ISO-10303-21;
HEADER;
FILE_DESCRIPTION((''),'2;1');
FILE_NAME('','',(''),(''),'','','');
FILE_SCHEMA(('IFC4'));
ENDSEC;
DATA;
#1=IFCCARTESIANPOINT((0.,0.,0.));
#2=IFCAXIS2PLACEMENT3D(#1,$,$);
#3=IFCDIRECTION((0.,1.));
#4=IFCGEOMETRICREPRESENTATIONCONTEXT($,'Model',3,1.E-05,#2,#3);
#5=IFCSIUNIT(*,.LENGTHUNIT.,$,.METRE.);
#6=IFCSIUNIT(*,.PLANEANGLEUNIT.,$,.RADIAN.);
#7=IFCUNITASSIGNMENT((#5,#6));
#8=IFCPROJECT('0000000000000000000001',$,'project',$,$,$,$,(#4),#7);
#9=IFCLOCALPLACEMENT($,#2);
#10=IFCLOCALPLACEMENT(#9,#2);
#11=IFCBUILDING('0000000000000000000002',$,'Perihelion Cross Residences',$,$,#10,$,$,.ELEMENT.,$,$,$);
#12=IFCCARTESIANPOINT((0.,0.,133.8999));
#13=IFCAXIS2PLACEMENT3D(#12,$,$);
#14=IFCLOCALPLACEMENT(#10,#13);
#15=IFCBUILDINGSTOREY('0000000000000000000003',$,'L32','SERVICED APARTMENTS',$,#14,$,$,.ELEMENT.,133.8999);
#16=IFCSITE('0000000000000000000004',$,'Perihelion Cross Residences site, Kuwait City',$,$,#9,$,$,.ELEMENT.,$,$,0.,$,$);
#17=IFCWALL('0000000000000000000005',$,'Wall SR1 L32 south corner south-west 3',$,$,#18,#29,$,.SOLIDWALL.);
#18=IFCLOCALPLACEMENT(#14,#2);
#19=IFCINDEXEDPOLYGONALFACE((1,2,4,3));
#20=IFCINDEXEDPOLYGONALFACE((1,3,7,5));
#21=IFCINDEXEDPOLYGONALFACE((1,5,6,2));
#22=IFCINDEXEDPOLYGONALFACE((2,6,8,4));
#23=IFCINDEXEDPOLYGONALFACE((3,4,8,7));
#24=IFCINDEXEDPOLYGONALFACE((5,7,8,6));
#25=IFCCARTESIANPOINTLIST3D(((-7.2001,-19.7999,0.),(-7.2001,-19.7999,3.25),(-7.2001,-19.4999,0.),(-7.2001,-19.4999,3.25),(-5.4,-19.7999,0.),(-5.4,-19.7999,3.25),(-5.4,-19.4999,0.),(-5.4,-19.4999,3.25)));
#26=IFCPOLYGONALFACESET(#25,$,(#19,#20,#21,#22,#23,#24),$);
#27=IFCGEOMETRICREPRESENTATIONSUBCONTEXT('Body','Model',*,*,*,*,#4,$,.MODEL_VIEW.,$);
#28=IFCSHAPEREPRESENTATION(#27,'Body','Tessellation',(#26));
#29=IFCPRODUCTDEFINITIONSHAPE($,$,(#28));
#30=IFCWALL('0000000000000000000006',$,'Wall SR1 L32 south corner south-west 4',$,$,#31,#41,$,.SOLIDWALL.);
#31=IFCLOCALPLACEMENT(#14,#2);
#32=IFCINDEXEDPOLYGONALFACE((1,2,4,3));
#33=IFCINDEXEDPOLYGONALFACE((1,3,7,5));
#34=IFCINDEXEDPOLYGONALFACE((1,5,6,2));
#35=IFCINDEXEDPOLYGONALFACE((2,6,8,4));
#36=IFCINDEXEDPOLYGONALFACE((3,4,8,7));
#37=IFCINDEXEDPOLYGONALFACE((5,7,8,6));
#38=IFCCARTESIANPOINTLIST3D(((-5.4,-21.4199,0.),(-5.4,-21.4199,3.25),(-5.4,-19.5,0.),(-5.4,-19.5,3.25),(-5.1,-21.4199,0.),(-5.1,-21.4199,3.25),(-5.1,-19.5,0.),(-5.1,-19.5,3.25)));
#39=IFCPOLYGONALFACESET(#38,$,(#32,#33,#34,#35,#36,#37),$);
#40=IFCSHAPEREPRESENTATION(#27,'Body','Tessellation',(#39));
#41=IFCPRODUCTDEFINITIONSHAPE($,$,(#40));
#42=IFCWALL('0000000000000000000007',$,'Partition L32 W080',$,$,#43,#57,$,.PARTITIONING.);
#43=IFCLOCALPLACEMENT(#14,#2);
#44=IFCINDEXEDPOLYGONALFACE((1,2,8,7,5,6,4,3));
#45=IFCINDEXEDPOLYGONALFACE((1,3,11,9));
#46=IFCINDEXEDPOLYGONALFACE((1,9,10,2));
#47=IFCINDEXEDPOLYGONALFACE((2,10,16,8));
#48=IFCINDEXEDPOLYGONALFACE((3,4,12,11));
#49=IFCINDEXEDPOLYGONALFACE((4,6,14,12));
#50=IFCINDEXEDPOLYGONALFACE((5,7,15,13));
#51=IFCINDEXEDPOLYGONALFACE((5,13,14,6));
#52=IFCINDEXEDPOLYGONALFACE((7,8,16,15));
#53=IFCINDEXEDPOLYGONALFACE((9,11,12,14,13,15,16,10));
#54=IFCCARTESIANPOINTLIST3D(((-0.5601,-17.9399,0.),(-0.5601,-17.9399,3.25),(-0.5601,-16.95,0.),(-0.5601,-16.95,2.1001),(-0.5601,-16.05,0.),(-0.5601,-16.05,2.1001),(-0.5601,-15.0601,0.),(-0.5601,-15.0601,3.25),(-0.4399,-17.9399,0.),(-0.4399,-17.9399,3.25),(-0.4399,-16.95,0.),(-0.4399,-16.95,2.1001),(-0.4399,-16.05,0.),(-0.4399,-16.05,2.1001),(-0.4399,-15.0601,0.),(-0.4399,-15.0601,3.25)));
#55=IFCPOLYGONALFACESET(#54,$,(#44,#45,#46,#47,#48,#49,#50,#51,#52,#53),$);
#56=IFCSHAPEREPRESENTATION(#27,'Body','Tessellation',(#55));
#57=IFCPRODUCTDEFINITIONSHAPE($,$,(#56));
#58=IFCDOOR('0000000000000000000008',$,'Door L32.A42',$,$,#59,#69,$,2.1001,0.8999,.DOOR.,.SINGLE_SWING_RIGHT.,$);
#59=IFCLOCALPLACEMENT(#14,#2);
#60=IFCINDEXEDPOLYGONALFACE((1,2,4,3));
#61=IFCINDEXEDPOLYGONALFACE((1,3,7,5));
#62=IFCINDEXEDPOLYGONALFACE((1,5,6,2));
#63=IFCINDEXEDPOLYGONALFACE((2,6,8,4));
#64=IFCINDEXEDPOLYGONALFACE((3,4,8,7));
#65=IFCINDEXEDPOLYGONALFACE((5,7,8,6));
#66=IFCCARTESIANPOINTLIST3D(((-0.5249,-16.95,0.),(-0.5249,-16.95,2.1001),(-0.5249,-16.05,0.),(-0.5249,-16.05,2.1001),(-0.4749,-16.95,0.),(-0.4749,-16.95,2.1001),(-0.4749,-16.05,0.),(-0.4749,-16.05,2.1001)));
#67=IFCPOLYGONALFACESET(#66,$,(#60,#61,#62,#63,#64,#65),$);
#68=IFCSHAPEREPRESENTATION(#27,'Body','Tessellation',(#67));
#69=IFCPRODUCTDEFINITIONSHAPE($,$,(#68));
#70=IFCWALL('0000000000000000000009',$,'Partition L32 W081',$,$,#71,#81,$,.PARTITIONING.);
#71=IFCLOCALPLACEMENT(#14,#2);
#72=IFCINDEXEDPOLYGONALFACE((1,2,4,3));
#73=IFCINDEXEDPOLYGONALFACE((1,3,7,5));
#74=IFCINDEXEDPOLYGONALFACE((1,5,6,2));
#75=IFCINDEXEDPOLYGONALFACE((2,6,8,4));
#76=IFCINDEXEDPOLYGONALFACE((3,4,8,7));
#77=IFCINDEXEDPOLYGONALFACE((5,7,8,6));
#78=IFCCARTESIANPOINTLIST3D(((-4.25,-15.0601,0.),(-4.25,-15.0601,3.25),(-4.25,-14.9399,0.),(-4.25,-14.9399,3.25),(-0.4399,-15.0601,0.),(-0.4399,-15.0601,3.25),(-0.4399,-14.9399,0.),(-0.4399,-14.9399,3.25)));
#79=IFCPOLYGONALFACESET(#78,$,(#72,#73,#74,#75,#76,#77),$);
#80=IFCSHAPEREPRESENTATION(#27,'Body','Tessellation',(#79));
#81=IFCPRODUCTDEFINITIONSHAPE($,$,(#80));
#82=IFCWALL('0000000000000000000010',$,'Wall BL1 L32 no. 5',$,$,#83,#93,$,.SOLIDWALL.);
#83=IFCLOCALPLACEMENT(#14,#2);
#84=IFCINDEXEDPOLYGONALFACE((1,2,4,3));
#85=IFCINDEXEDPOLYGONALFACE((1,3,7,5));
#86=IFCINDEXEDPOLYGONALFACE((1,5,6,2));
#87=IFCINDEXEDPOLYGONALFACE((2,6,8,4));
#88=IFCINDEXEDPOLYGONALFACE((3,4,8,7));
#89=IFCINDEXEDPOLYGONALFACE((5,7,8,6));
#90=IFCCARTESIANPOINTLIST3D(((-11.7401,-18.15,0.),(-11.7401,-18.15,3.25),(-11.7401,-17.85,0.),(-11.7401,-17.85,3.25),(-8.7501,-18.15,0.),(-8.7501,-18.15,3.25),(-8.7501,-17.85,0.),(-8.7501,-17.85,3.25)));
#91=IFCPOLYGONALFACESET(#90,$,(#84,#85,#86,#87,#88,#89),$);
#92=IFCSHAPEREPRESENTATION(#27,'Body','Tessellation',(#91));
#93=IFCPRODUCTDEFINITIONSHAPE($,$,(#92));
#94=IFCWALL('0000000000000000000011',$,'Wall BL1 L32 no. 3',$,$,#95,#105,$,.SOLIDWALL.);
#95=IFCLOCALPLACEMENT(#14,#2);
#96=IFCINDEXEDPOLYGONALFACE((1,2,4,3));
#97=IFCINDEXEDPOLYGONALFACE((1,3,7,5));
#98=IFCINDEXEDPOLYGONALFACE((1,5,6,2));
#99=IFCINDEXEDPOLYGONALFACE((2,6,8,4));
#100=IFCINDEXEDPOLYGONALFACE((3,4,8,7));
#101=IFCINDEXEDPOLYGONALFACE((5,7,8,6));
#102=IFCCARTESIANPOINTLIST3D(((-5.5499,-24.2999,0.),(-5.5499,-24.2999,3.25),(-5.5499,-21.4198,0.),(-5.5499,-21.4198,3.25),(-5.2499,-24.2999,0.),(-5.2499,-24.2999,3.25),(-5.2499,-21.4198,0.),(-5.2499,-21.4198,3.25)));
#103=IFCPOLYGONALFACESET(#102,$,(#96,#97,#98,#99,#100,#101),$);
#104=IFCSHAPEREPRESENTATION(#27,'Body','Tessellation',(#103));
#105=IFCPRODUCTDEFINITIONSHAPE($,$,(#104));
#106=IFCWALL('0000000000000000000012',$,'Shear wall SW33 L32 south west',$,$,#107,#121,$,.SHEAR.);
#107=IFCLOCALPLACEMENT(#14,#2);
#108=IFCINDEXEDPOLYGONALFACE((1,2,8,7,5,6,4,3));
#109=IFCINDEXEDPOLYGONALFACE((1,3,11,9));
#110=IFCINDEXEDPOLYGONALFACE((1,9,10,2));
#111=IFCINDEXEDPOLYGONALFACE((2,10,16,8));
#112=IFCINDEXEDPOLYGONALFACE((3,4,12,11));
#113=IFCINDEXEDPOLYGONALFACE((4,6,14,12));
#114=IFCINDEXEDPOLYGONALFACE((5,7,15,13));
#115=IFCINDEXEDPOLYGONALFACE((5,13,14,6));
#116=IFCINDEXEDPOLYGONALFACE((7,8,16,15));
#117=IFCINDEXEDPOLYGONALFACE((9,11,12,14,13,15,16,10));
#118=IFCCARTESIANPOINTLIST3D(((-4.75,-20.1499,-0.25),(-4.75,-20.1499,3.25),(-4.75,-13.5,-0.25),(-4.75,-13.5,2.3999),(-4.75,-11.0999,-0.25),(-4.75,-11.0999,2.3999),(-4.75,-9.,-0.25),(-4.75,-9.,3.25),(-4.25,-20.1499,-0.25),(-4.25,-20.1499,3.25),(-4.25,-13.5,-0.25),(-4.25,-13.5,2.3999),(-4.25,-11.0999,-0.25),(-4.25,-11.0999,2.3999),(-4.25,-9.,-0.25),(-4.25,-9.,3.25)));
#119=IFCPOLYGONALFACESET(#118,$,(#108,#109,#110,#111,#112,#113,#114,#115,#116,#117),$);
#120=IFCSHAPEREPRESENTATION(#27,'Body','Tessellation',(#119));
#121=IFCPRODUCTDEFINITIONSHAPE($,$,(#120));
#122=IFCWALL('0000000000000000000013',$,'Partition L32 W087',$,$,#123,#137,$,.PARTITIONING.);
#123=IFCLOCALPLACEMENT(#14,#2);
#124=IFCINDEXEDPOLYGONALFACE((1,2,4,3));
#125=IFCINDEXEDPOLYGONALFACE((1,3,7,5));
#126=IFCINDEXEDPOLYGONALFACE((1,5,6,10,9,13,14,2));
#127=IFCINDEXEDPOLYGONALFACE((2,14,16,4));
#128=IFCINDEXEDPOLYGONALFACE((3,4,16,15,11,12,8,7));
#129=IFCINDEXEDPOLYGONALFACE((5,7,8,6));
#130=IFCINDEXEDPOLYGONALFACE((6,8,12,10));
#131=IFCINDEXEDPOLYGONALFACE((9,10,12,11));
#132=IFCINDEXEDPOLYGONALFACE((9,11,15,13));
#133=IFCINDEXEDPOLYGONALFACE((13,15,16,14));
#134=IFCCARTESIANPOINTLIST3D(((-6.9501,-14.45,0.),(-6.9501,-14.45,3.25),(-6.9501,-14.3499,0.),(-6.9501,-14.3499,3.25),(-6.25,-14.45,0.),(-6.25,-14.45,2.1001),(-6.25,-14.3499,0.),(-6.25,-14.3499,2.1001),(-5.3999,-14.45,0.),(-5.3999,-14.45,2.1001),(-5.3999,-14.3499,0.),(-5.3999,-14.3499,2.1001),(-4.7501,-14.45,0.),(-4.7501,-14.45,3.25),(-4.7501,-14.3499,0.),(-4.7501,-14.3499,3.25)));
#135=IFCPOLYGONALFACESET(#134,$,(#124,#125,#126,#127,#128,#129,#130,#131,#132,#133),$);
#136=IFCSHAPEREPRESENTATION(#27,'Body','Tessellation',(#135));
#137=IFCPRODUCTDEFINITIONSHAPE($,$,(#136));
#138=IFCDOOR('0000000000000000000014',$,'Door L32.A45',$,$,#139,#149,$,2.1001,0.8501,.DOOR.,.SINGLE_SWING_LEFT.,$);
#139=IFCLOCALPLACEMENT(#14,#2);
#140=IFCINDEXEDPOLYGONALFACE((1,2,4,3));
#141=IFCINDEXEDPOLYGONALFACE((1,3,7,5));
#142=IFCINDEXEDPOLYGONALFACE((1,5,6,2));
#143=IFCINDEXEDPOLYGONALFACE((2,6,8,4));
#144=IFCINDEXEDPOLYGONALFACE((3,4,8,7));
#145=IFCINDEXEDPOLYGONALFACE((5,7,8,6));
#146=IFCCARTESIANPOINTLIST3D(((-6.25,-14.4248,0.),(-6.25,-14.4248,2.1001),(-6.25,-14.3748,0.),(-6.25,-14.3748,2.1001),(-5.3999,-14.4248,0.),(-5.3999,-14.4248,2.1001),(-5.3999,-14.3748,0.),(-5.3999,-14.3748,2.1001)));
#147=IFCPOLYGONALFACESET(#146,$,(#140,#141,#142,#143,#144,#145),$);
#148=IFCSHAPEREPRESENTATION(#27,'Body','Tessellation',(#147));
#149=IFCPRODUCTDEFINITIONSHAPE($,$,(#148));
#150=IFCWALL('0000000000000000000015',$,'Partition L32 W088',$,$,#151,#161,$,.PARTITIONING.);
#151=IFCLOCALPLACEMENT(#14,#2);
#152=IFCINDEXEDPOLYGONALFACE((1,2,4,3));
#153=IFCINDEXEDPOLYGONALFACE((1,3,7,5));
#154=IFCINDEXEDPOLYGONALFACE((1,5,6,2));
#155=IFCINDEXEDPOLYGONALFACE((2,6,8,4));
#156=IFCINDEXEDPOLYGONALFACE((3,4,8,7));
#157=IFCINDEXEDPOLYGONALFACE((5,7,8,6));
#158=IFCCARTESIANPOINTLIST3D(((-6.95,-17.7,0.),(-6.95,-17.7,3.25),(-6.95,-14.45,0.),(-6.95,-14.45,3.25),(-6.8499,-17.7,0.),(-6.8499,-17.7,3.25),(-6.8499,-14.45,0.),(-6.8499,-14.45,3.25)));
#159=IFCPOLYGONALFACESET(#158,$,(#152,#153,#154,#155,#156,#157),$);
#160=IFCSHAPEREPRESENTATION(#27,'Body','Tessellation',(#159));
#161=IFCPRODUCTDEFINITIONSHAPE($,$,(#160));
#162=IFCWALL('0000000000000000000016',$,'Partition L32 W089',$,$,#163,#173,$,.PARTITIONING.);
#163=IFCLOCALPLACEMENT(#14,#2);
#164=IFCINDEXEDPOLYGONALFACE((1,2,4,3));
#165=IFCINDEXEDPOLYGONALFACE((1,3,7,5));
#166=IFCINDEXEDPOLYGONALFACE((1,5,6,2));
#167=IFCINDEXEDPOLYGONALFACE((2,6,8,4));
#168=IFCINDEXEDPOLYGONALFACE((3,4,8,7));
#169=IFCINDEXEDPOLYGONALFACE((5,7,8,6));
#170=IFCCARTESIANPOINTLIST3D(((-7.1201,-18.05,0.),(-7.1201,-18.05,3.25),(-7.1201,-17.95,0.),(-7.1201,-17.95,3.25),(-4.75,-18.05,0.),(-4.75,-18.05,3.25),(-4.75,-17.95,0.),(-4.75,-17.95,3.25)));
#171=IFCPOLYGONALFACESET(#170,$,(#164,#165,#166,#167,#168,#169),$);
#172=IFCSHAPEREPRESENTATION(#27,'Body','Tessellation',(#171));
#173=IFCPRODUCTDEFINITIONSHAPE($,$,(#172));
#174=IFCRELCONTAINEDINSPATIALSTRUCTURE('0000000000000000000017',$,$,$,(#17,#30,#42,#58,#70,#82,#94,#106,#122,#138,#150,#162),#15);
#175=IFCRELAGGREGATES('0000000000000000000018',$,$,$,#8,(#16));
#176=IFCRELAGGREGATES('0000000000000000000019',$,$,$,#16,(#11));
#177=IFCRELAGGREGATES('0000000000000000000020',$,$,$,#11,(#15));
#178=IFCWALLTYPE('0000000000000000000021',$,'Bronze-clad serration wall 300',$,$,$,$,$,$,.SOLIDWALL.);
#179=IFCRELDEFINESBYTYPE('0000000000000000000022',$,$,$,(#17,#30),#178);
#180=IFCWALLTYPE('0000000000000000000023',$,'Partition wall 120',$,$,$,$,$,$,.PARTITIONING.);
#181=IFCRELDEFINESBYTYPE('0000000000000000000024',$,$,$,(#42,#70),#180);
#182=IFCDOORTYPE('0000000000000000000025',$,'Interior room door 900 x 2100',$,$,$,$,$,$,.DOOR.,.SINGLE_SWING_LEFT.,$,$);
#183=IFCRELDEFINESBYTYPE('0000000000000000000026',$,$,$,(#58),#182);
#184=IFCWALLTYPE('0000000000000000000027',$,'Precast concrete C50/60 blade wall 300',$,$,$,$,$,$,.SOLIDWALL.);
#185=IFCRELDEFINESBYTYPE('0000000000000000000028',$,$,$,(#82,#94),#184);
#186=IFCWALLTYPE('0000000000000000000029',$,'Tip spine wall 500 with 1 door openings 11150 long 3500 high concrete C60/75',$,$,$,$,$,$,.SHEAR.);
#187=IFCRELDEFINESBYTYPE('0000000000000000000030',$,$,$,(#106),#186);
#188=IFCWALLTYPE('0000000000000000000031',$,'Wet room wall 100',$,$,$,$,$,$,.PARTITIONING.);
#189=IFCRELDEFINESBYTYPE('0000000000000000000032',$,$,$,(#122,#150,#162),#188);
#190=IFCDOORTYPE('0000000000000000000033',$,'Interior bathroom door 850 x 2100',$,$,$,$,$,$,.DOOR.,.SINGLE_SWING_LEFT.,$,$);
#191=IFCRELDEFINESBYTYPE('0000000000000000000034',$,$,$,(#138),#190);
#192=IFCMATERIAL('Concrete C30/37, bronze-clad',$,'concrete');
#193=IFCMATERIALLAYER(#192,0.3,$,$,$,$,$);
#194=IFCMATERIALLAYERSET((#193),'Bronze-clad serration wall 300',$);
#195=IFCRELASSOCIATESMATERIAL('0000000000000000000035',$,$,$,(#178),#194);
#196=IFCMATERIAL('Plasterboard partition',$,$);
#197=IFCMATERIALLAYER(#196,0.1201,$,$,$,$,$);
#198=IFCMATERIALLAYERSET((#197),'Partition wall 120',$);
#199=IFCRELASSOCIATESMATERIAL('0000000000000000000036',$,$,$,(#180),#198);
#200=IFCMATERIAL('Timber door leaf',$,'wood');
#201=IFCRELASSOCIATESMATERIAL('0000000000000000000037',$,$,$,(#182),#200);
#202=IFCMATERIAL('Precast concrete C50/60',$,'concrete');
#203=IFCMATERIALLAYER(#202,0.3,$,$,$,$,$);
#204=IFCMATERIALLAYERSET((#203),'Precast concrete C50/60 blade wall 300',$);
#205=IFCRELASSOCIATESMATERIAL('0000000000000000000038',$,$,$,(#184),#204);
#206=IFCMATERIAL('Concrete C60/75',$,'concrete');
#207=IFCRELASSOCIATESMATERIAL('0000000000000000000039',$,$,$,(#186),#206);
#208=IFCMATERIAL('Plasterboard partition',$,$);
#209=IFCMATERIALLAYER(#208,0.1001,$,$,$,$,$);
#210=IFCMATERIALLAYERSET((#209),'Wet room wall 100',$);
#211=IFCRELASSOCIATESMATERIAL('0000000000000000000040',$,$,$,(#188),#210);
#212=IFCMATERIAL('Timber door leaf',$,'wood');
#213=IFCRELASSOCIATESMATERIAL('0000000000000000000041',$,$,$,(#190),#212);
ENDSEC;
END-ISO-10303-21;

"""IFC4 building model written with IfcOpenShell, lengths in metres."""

from ifc_helpers import new_model, si_unit, direction, frame, frame_2d, origin, place, context, subcontext, project, spatial, polyline, rectangle, outline, extrude, material, layer, layer_set, material_profile, profile_set, type_object, element, fill, save


model = new_model("IFC4")

# Units and contexts
model_context = context("Model", 3, precision=1e-05, world=origin(), true_north=direction((0.0, 1.0)))
body_context = subcontext(model_context, "Body", "Model", "MODEL_VIEW")
ifc_project = project(units=[si_unit("LENGTHUNIT", "METRE"), si_unit("PLANEANGLEUNIT", "RADIAN")], contexts=[model_context])

# Site, building, storey
site_placement = place(None, origin())
site = spatial("IfcSite", under=ifc_project, at=site_placement, Name="Perihelion Cross Residences site, Kuwait City", CompositionType="ELEMENT", RefElevation=0.0)
building_placement = place(site_placement, origin())
building = spatial("IfcBuilding", under=site, at=building_placement, Name="Perihelion Cross Residences", CompositionType="ELEMENT")
storey_placement = place(building_placement, frame((0.0, 0.0, 133.8999)))
storey = spatial("IfcBuildingStorey", under=building, at=storey_placement, Name="L32", Description="SERVICED APARTMENTS", CompositionType="ELEMENT", Elevation=133.8999)

# Walls
ifc_material_1 = material(Name="Concrete C30/37, bronze-clad", Category="concrete")
ifc_layer_1 = layer(ifc_material_1, 0.3)
ifc_layer_set_1 = layer_set([ifc_layer_1], Name="Bronze-clad serration wall 300")
wall_type_1 = type_object("IfcWallType", Name="Bronze-clad serration wall 300", PredefinedType="SOLIDWALL", material=ifc_layer_set_1)
for number, where, z_axis, x_axis, name in (
    (1, (-7.2, -19.6499, 0.0), (0.0, 0.0, 1.0), (1.0, 0.0, 0.0), "Wall SR1 L32 south corner south-west 3"),
):
    element("IfcWall", number, at=place(storey_placement, frame(where, z_axis=z_axis, x_axis=x_axis)), inside=storey, type_object=wall_type_1, Name=name, PredefinedType="SOLIDWALL", context=body_context, shape_type="SweptSolid", body=[
        extrude(rectangle(XDim=1.8, YDim=0.3, at=frame_2d((0.8999, 0.0))), origin(), (0.0, 0.0, 1.0), 3.25),
    ])
wall_1_placement = place(storey_placement, frame((-5.25, -19.5, 0.0), z_axis=(0.0, 0.0, 1.0), x_axis=(0.0, -1.0, 0.0)))
element("IfcWall", 2, at=wall_1_placement, inside=storey, type_object=wall_type_1, Name="Wall SR1 L32 south corner south-west 4", PredefinedType="SOLIDWALL", context=body_context, shape_type="SweptSolid", body=[
    extrude(rectangle(XDim=1.9199, YDim=0.3, at=frame_2d((0.96, 0.0))), origin(), (0.0, 0.0, 1.0), 3.25),
])

# Wall, opening, door
ifc_material_2 = material(Name="Plasterboard partition")
ifc_layer_2 = layer(ifc_material_2, 0.1201)
ifc_layer_set_2 = layer_set([ifc_layer_2], Name="Partition wall 120")
wall_type_2 = type_object("IfcWallType", Name="Partition wall 120", PredefinedType="PARTITIONING", material=ifc_layer_set_2)
wall_2_placement = place(storey_placement, frame((-0.5, -17.9399, 0.0), z_axis=(0.0, 0.0, 1.0), x_axis=(0.0, 1.0, 0.0)))
wall_2 = element("IfcWall", 3, at=wall_2_placement, inside=storey, type_object=wall_type_2, Name="Partition L32 W080", PredefinedType="PARTITIONING", context=body_context, shape_type="SweptSolid", body=[
    extrude(rectangle(XDim=2.8799, YDim=0.1201, at=frame_2d((1.4399, 0.0))), origin(), (0.0, 0.0, 1.0), 3.25),
])
opening_1_placement = place(wall_2_placement, frame((0.99, 0.0, 0.0)))
opening_1 = element("IfcOpeningElement", 4, at=opening_1_placement, cuts=wall_2, PredefinedType="OPENING", context=body_context, shape_type="SweptSolid", body=[
    extrude(rectangle(XDim=0.8999, YDim=2.1001, at=frame_2d((0.45, 1.05))), frame((0.0, 0.0701, 0.0), z_axis=(0.0, -1.0, 0.0), x_axis=(1.0, 0.0, 0.0)), (0.0, 0.0, 1.0), 0.1401),
])
ifc_material_3 = material(Name="Timber door leaf", Category="wood")
door_type_1 = type_object("IfcDoorType", Name="Interior room door 900 x 2100", OperationType="SINGLE_SWING_LEFT", PredefinedType="DOOR", material=ifc_material_3)
door_1_placement = place(opening_1_placement, origin())
door_1 = element("IfcDoor", 5, at=door_1_placement, inside=storey, type_object=door_type_1, Name="Door L32.A42", OperationType="SINGLE_SWING_RIGHT", OverallHeight=2.1001, OverallWidth=0.8999, PredefinedType="DOOR", context=body_context, shape_type="SweptSolid", body=[
    extrude(rectangle(XDim=0.8999, YDim=2.1001, at=frame_2d((0.45, 1.05))), frame((0.0, 0.0249, 0.0), z_axis=(0.0, -1.0, 0.0), x_axis=(1.0, 0.0, 0.0)), (0.0, 0.0, 1.0), 0.05),
])
fill(opening_1, door_1)

# Walls
wall_3_placement = place(storey_placement, frame((-0.4399, -15.0, 0.0), z_axis=(0.0, 0.0, 1.0), x_axis=(-1.0, 0.0, 0.0)))
element("IfcWall", 6, at=wall_3_placement, inside=storey, type_object=wall_type_2, Name="Partition L32 W081", PredefinedType="PARTITIONING", context=body_context, shape_type="SweptSolid", body=[
    extrude(rectangle(XDim=3.8101, YDim=0.1201, at=frame_2d((1.905, 0.0))), origin(), (0.0, 0.0, 1.0), 3.25),
])
ifc_material_4 = material(Name="Precast concrete C50/60", Category="concrete")
ifc_layer_3 = layer(ifc_material_4, 0.3)
ifc_layer_set_3 = layer_set([ifc_layer_3], Name="Precast concrete C50/60 blade wall 300")
wall_type_3 = type_object("IfcWallType", Name="Precast concrete C50/60 blade wall 300", PredefinedType="SOLIDWALL", material=ifc_layer_set_3)
wall_4_placement = place(storey_placement, frame((-8.75, -18.0, 0.0), z_axis=(0.0, 0.0, 1.0), x_axis=(-1.0, 0.0, 0.0)))
element("IfcWall", 7, at=wall_4_placement, inside=storey, type_object=wall_type_3, Name="Wall BL1 L32 no. 5", PredefinedType="SOLIDWALL", context=body_context, shape_type="SweptSolid", body=[
    extrude(rectangle(XDim=2.99, YDim=0.3, at=frame_2d((1.4951, 0.0))), origin(), (0.0, 0.0, 1.0), 3.25),
])
wall_5_placement = place(storey_placement, frame((-5.3999, -21.4199, 0.0), z_axis=(0.0, 0.0, 1.0), x_axis=(0.0, -1.0, 0.0)))
element("IfcWall", 8, at=wall_5_placement, inside=storey, type_object=wall_type_3, Name="Wall BL1 L32 no. 3", PredefinedType="SOLIDWALL", context=body_context, shape_type="SweptSolid", body=[
    extrude(rectangle(XDim=2.8801, YDim=0.3, at=frame_2d((1.4399, 0.0))), origin(), (0.0, 0.0, 1.0), 3.25),
])
ifc_material_5 = material(Name="Concrete C60/75", Category="concrete")
ifc_material_profile_1 = material_profile(ifc_material_5, outline(polyline([(0.0, 0.0), (6.6499, 0.0), (6.6499, 2.6499), (9.05, 2.6499), (9.05, 0.0), (11.1499, 0.0), (11.1499, 3.5), (0.0, 3.5), (0.0, 0.0)])), Name="Tip spine wall")
ifc_profile_set_1 = profile_set([ifc_material_profile_1], Name="Concrete C60/75")
wall_type_4 = type_object("IfcWallType", Name="Tip spine wall 500 with 1 door openings 11150 long 3500 high concrete C60/75", PredefinedType="SHEAR", material=ifc_profile_set_1)
wall_6_placement = place(storey_placement, frame((-4.75, -20.1499, -0.25), z_axis=(1.0, 0.0, 0.0), x_axis=(0.0, 1.0, 0.0)))
element("IfcWall", 9, at=wall_6_placement, inside=storey, type_object=wall_type_4, Name="Shear wall SW33 L32 south west", PredefinedType="SHEAR", context=body_context, shape_type="SweptSolid", body=[
    extrude(outline(polyline([(0.0, 0.0), (6.6499, 0.0), (6.6499, 2.6499), (9.05, 2.6499), (9.05, 0.0), (11.1499, 0.0), (11.1499, 3.5), (0.0, 3.5), (0.0, 0.0)])), origin(), (0.0, 0.0, 1.0), 0.5),
])

# Wall, opening, door
ifc_material_6 = material(Name="Plasterboard partition")
ifc_layer_4 = layer(ifc_material_6, 0.1001)
ifc_layer_set_4 = layer_set([ifc_layer_4], Name="Wet room wall 100")
wall_type_5 = type_object("IfcWallType", Name="Wet room wall 100", PredefinedType="PARTITIONING", material=ifc_layer_set_4)
wall_7_placement = place(storey_placement, frame((-4.75, -14.3999, 0.0), z_axis=(0.0, 0.0, 1.0), x_axis=(-1.0, 0.0, 0.0)))
wall_7 = element("IfcWall", 10, at=wall_7_placement, inside=storey, type_object=wall_type_5, Name="Partition L32 W087", PredefinedType="PARTITIONING", context=body_context, shape_type="SweptSolid", body=[
    extrude(rectangle(XDim=2.2, YDim=0.1001, at=frame_2d((1.1001, 0.0))), origin(), (0.0, 0.0, 1.0), 3.25),
])
opening_2_placement = place(wall_7_placement, frame((0.6499, 0.0, 0.0)))
opening_2 = element("IfcOpeningElement", 11, at=opening_2_placement, cuts=wall_7, PredefinedType="OPENING", context=body_context, shape_type="SweptSolid", body=[
    extrude(rectangle(XDim=0.8501, YDim=2.1001, at=frame_2d((0.425, 1.05))), frame((0.0, 0.0601, 0.0), z_axis=(0.0, -1.0, 0.0), x_axis=(1.0, 0.0, 0.0)), (0.0, 0.0, 1.0), 0.1201),
])
ifc_material_7 = material(Name="Timber door leaf", Category="wood")
door_type_2 = type_object("IfcDoorType", Name="Interior bathroom door 850 x 2100", OperationType="SINGLE_SWING_LEFT", PredefinedType="DOOR", material=ifc_material_7)
door_2_placement = place(opening_2_placement, origin())
door_2 = element("IfcDoor", 12, at=door_2_placement, inside=storey, type_object=door_type_2, Name="Door L32.A45", OperationType="SINGLE_SWING_LEFT", OverallHeight=2.1001, OverallWidth=0.8501, PredefinedType="DOOR", context=body_context, shape_type="SweptSolid", body=[
    extrude(rectangle(XDim=0.8501, YDim=2.1001, at=frame_2d((0.425, 1.05))), frame((0.0, 0.0249, 0.0), z_axis=(0.0, -1.0, 0.0), x_axis=(1.0, 0.0, 0.0)), (0.0, 0.0, 1.0), 0.05),
])
fill(opening_2, door_2)

# Walls
wall_8_placement = place(storey_placement, frame((-6.8999, -14.45, 0.0), z_axis=(0.0, 0.0, 1.0), x_axis=(0.0, -1.0, 0.0)))
element("IfcWall", 13, at=wall_8_placement, inside=storey, type_object=wall_type_5, Name="Partition L32 W088", PredefinedType="PARTITIONING", context=body_context, shape_type="SweptSolid", body=[
    extrude(rectangle(XDim=3.25, YDim=0.1001, at=frame_2d((1.625, 0.0))), origin(), (0.0, 0.0, 1.0), 3.25),
])
wall_9_placement = place(storey_placement, frame((-4.75, -18.0, 0.0), z_axis=(0.0, 0.0, 1.0), x_axis=(-1.0, 0.0, 0.0)))
element("IfcWall", 14, at=wall_9_placement, inside=storey, type_object=wall_type_5, Name="Partition L32 W089", PredefinedType="PARTITIONING", context=body_context, shape_type="SweptSolid", body=[
    extrude(rectangle(XDim=2.3701, YDim=0.1001, at=frame_2d((1.1851, 0.0))), origin(), (0.0, 0.0, 1.0), 3.25),
])

save(model, "model.ifc")
